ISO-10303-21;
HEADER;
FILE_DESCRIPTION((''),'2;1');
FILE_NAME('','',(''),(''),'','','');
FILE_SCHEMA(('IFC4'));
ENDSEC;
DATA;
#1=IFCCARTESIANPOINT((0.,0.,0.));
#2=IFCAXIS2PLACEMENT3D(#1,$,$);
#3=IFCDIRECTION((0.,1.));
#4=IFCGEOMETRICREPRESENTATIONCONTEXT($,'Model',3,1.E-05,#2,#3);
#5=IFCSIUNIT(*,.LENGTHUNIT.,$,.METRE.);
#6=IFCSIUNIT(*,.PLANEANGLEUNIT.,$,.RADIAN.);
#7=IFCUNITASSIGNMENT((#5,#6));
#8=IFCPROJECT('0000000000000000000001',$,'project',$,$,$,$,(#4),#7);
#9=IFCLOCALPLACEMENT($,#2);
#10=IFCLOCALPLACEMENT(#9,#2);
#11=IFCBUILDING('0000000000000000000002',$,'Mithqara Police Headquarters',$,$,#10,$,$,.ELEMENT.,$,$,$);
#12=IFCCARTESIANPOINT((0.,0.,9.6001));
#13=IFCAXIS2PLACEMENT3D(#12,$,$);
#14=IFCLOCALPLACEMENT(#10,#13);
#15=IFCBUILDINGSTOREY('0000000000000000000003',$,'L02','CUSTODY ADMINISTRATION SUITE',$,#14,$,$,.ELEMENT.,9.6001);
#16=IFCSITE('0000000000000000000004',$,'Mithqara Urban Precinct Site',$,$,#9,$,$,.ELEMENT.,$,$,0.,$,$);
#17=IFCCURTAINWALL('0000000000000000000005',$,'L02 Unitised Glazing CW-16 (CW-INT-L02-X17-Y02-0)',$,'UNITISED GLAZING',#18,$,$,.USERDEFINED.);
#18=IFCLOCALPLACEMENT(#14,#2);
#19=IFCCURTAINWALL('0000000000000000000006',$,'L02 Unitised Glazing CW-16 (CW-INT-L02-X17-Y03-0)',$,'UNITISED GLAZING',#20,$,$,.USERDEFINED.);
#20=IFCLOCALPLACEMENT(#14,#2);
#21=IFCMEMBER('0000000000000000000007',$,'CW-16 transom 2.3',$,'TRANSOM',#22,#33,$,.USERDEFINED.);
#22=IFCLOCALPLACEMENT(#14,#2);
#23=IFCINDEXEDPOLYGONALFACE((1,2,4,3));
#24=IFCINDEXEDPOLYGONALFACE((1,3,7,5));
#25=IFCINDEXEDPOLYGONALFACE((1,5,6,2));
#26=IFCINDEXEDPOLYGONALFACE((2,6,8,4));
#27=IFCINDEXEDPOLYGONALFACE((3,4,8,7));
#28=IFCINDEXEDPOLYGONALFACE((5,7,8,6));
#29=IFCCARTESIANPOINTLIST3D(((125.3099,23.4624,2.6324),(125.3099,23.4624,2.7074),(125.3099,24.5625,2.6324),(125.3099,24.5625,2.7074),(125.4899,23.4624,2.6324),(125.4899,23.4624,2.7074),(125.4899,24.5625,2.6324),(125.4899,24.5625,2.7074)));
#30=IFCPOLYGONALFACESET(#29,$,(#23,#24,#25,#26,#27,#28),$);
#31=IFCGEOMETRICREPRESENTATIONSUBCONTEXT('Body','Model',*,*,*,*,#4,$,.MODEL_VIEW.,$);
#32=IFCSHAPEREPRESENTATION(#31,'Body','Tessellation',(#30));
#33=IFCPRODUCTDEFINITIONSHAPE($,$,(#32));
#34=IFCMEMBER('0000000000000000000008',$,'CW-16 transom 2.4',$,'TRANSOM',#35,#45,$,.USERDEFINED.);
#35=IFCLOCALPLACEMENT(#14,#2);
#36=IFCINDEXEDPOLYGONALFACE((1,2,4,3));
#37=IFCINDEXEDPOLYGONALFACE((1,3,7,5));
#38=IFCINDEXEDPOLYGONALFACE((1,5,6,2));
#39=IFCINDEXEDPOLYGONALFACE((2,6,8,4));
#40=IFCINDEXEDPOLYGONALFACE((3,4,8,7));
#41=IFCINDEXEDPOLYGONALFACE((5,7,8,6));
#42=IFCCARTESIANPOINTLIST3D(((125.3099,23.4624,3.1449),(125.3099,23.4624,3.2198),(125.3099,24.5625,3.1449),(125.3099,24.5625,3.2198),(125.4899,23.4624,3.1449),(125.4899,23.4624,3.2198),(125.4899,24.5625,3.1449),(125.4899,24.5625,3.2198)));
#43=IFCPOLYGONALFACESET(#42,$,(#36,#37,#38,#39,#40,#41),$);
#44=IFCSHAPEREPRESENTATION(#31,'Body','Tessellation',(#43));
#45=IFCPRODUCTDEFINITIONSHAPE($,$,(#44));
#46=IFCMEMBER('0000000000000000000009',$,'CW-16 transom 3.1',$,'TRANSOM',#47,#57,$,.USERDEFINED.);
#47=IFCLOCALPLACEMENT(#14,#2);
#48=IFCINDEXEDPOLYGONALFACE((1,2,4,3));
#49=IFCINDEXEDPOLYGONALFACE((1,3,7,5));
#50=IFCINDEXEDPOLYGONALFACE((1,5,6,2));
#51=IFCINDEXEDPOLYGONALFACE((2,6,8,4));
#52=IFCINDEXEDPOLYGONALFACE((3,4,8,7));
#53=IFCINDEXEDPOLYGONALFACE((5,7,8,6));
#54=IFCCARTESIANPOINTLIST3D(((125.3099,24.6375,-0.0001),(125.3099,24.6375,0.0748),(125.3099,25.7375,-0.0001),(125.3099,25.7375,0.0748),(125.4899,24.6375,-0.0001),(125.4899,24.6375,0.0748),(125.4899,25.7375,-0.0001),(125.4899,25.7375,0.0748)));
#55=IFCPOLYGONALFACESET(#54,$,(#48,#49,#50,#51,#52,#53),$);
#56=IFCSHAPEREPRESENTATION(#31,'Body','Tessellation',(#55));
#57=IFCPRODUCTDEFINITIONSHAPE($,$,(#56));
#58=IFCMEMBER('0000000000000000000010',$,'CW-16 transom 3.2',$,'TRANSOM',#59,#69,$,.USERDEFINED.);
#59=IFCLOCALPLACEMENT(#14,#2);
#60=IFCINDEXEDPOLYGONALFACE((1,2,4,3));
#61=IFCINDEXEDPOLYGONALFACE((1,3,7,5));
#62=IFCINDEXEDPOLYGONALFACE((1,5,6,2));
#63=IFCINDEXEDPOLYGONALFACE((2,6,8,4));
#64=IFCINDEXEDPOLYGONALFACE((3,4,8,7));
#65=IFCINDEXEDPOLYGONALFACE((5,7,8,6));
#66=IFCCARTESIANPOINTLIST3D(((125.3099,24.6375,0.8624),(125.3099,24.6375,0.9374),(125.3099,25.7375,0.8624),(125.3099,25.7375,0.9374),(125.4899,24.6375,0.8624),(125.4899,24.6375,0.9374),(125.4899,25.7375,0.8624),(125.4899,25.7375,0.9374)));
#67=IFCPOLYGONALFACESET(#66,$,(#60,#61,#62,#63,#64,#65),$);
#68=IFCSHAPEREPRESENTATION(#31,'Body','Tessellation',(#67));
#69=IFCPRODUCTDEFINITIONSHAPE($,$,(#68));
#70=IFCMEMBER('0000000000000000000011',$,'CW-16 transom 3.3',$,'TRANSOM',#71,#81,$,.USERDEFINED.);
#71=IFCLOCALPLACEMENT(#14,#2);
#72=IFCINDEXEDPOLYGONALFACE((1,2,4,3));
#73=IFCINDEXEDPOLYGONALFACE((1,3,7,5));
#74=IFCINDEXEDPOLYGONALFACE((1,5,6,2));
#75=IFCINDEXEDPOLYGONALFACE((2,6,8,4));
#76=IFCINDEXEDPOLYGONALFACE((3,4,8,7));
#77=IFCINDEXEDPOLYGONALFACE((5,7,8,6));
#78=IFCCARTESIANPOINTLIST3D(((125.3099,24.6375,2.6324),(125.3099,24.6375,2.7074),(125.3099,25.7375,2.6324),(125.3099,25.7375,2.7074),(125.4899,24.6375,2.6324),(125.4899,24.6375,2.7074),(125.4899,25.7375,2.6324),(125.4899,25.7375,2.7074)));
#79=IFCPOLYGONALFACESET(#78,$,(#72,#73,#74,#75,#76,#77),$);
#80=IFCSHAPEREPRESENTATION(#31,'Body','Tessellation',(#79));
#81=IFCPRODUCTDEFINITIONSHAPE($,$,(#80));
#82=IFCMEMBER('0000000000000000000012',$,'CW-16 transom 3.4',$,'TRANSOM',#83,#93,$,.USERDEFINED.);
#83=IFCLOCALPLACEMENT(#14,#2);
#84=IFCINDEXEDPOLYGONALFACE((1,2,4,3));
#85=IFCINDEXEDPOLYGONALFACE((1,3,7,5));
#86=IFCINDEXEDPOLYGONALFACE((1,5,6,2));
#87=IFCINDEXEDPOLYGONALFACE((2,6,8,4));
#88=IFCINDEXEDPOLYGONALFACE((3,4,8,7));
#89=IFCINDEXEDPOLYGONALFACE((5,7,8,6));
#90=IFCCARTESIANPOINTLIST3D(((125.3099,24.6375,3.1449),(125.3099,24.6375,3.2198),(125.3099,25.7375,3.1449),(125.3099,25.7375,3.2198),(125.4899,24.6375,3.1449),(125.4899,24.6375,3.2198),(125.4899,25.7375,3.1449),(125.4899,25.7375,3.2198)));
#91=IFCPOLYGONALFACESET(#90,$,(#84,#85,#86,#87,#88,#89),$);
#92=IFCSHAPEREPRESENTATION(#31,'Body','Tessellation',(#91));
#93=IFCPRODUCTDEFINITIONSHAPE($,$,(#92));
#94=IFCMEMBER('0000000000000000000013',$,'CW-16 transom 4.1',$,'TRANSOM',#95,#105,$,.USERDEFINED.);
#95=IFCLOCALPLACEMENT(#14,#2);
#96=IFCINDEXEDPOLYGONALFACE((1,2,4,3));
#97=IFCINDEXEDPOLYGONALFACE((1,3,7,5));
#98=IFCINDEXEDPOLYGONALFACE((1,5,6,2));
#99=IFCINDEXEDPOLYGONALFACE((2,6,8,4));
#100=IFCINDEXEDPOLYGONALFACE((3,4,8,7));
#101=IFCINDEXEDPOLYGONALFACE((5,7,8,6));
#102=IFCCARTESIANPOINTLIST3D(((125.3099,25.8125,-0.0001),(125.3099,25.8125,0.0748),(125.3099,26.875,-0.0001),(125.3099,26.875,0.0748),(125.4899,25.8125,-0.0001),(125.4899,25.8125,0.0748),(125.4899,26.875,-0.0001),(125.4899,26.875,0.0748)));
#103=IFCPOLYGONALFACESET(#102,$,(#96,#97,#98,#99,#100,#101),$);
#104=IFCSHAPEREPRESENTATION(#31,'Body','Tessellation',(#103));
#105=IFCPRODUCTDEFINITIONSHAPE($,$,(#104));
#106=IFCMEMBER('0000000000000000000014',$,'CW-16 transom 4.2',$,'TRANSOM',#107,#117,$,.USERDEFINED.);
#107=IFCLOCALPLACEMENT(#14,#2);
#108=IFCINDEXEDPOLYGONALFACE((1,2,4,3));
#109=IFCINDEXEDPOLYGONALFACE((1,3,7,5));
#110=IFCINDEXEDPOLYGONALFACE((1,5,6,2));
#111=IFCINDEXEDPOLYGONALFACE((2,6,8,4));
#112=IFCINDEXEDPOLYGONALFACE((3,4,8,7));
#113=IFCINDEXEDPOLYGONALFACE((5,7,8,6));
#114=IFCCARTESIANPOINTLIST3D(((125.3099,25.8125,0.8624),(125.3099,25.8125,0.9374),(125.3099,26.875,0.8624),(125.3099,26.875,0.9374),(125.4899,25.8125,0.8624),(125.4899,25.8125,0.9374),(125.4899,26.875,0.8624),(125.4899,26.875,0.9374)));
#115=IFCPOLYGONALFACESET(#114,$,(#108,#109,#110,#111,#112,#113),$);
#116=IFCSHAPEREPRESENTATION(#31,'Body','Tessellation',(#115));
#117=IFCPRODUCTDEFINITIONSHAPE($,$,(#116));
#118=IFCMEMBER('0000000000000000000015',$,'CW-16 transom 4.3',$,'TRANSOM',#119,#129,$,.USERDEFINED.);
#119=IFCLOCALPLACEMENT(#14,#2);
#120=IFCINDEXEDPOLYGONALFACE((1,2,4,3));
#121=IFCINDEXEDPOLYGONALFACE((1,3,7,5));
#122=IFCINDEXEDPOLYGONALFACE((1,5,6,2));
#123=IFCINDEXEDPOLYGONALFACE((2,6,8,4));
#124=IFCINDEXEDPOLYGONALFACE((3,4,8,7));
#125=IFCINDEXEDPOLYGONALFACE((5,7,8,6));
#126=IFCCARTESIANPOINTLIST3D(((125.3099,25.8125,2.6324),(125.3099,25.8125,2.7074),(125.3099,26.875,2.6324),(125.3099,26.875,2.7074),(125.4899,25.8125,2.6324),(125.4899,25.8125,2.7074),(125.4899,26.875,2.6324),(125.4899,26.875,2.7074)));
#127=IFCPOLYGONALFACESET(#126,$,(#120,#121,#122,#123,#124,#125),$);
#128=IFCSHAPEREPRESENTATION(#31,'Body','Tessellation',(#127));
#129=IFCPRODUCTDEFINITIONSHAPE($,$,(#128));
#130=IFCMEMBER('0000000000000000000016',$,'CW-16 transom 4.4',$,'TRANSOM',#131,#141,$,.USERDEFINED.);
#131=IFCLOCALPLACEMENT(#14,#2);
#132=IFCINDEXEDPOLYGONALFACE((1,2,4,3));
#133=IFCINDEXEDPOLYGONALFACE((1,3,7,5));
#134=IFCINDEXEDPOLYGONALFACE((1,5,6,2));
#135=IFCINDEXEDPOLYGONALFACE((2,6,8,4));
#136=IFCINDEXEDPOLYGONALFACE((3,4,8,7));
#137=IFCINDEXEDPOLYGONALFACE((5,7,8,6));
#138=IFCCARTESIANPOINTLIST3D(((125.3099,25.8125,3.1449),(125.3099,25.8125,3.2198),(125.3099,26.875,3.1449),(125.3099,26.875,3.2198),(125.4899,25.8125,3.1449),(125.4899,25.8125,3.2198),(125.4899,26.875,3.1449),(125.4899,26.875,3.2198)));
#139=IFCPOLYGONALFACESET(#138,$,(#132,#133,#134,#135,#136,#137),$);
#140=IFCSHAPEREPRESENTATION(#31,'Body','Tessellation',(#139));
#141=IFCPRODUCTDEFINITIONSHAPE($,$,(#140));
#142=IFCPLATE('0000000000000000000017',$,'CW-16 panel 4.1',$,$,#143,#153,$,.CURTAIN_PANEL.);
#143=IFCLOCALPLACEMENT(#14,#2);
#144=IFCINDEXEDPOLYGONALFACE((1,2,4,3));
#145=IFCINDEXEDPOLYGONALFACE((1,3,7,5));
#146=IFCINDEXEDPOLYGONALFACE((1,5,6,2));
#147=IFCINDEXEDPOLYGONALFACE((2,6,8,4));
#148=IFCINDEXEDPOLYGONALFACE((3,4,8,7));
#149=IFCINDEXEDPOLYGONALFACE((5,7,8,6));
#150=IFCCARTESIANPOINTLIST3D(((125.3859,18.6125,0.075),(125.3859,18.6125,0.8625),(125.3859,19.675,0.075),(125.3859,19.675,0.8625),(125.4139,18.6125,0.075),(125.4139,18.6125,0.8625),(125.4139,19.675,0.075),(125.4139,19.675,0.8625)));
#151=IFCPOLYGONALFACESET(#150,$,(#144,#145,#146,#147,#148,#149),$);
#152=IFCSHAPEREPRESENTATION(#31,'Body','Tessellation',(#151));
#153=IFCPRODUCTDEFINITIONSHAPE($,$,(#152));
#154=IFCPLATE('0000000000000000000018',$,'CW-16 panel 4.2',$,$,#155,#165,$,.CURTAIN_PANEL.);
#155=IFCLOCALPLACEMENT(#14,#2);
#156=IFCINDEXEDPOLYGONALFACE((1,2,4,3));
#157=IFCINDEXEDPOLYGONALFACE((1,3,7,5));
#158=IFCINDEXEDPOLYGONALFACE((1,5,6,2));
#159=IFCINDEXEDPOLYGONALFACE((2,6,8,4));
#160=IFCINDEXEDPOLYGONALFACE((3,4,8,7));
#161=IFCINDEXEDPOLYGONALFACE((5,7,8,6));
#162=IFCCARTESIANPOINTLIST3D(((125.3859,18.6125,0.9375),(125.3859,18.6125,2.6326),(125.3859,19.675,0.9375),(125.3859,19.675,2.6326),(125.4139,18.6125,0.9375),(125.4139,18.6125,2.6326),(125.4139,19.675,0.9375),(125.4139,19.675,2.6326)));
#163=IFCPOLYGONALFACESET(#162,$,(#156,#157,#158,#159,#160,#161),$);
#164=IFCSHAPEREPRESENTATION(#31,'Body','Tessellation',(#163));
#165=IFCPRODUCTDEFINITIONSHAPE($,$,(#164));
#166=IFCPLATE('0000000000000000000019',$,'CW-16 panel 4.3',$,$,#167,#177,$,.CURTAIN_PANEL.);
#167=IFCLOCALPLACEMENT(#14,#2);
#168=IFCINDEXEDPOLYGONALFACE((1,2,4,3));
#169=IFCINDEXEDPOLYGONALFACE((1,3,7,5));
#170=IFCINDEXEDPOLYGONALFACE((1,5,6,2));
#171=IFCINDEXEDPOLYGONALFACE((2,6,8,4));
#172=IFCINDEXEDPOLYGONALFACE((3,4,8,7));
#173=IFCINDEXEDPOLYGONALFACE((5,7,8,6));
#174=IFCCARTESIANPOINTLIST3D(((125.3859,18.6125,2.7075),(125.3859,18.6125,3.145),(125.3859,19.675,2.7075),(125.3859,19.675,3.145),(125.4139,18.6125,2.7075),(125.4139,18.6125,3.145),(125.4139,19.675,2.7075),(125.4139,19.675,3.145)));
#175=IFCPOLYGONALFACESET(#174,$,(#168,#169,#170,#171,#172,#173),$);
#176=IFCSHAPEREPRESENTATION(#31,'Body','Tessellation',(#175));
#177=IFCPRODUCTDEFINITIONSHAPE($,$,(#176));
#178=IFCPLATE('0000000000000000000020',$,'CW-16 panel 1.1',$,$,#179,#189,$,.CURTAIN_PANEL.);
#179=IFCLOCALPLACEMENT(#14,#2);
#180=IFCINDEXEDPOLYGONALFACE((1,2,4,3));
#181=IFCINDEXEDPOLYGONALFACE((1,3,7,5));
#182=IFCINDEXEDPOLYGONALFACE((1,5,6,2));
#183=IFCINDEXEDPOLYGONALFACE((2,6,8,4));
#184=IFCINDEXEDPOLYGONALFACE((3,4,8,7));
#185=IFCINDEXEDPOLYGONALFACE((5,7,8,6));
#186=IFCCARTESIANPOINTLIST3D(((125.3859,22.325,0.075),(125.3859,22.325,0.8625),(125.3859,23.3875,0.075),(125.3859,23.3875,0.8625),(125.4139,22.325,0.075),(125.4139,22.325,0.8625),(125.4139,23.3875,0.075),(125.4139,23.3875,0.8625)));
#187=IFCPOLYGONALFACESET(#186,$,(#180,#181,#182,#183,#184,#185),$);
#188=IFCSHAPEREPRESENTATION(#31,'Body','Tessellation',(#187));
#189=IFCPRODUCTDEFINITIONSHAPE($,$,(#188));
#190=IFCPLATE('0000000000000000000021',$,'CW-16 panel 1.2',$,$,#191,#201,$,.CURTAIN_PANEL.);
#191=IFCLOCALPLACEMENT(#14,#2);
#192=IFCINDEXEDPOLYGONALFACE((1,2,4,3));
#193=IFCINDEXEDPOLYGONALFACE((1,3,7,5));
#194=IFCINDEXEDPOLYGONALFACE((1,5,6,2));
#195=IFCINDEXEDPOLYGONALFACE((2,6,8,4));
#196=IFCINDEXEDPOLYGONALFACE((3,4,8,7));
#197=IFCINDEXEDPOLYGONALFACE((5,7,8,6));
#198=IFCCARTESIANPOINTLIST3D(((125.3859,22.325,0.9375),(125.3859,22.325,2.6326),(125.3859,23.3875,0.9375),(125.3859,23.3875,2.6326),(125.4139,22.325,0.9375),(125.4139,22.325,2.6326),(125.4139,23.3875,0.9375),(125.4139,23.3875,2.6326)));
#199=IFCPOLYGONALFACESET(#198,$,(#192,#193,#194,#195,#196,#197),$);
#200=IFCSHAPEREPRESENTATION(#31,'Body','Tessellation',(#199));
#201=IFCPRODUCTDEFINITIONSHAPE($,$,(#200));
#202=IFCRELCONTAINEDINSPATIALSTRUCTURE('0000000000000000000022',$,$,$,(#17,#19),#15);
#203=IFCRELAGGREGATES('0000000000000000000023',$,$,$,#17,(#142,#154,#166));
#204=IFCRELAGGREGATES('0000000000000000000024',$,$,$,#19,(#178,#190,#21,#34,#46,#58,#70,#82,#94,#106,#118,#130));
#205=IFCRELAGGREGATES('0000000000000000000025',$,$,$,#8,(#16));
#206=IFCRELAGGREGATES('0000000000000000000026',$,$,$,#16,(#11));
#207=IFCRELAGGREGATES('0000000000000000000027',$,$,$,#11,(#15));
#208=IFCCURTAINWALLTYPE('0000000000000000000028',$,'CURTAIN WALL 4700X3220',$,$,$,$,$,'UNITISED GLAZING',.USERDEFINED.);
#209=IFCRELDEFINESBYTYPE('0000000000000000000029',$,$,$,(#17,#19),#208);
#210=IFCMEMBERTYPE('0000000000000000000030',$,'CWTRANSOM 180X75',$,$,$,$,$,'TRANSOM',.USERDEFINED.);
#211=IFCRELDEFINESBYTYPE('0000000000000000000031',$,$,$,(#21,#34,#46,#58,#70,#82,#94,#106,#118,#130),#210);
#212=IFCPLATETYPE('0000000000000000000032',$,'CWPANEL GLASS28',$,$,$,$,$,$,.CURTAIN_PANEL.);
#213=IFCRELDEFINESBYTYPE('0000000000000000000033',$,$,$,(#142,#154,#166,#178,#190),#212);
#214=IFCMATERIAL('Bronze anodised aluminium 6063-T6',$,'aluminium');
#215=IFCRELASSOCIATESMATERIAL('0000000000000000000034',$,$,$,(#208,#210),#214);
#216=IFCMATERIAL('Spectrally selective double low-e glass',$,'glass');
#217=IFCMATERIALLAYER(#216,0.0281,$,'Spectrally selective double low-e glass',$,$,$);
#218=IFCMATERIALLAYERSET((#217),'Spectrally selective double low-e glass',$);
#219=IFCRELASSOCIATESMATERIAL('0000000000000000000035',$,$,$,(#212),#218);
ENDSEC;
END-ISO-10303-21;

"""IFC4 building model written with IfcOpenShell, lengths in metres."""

from ifc_helpers import new_model, si_unit, direction, frame, origin, origin_2d, place, context, subcontext, project, spatial, rectangle, extrude, material, layer, layer_set, material_profile, profile_set, type_object, element, aggregate, save


model = new_model("IFC4")

# Units and contexts
model_context = context("Model", 3, precision=1e-05, world=origin(), true_north=direction((0.0, 1.0)))
body_context = subcontext(model_context, "Body", "Model", "MODEL_VIEW")
ifc_project = project(units=[si_unit("LENGTHUNIT", "METRE"), si_unit("PLANEANGLEUNIT", "RADIAN")], contexts=[model_context])

# Site, building, storey
site_placement = place(None, origin())
site = spatial("IfcSite", under=ifc_project, at=site_placement, Name="Mithqara Urban Precinct Site", CompositionType="ELEMENT", RefElevation=0.0)
building_placement = place(site_placement, origin())
building = spatial("IfcBuilding", under=site, at=building_placement, Name="Mithqara Police Headquarters", CompositionType="ELEMENT")
storey_placement = place(building_placement, frame((0.0, 0.0, 9.6001)))
storey = spatial("IfcBuildingStorey", under=building, at=storey_placement, Name="L02", Description="CUSTODY ADMINISTRATION SUITE", CompositionType="ELEMENT", Elevation=9.6001)

# Curtain wall
ifc_material_1 = material(Name="Bronze anodised aluminium 6063-T6", Category="aluminium")
curtain_wall_type = type_object("IfcCurtainWallType", Name="CURTAIN WALL 4700X3220", ElementType="UNITISED GLAZING", PredefinedType="USERDEFINED", material=ifc_material_1)
curtain_wall_1_placement = place(storey_placement, origin())
curtain_wall_1 = element("IfcCurtainWall", 1, at=curtain_wall_1_placement, inside=storey, type_object=curtain_wall_type, Name="L02 Unitised Glazing CW-16 (CW-INT-L02-X17-Y02-0)", ObjectType="UNITISED GLAZING", PredefinedType="USERDEFINED")

# Curtain wall, members
curtain_wall_2_placement = place(storey_placement, origin())
curtain_wall_2 = element("IfcCurtainWall", 2, at=curtain_wall_2_placement, inside=storey, type_object=curtain_wall_type, Name="L02 Unitised Glazing CW-16 (CW-INT-L02-X17-Y03-0)", ObjectType="UNITISED GLAZING", PredefinedType="USERDEFINED")
ifc_material_profile_1 = material_profile(ifc_material_1, rectangle(XDim=0.1799, YDim=0.075, at=origin_2d()), Name="CWT 180x75")
ifc_profile_set_1 = profile_set([ifc_material_profile_1], Name="Bronze anodised aluminium 6063-T6")
member_type_1 = type_object("IfcMemberType", Name="CWTRANSOM 180X75", ElementType="TRANSOM", PredefinedType="USERDEFINED", material=ifc_profile_set_1)
member_1_placement = place(storey_placement, frame((125.3999, 23.4624, 2.6699), z_axis=(0.0, 1.0, 0.0), x_axis=(-1.0, 0.0, 0.0)))
member_1 = element("IfcMember", 3, at=member_1_placement, type_object=member_type_1, Name="CW-16 transom 2.3", ObjectType="TRANSOM", PredefinedType="USERDEFINED", context=body_context, shape_type="SweptSolid", body=[
    extrude(rectangle(XDim=0.1799, YDim=0.075, at=origin_2d()), origin(), (0.0, 0.0, 1.0), 1.1001),
])
member_2_placement = place(storey_placement, frame((125.3999, 23.4624, 3.1824), z_axis=(0.0, 1.0, 0.0), x_axis=(-1.0, 0.0, 0.0)))
member_2 = element("IfcMember", 4, at=member_2_placement, type_object=member_type_1, Name="CW-16 transom 2.4", ObjectType="TRANSOM", PredefinedType="USERDEFINED", context=body_context, shape_type="SweptSolid", body=[
    extrude(rectangle(XDim=0.1799, YDim=0.075, at=origin_2d()), origin(), (0.0, 0.0, 1.0), 1.1001),
])
member_3_placement = place(storey_placement, frame((125.3999, 24.6375, 0.0374), z_axis=(0.0, 1.0, 0.0), x_axis=(-1.0, 0.0, 0.0)))
member_3 = element("IfcMember", 5, at=member_3_placement, type_object=member_type_1, Name="CW-16 transom 3.1", ObjectType="TRANSOM", PredefinedType="USERDEFINED", context=body_context, shape_type="SweptSolid", body=[
    extrude(rectangle(XDim=0.1799, YDim=0.075, at=origin_2d()), origin(), (0.0, 0.0, 1.0), 1.1001),
])
member_4_placement = place(storey_placement, frame((125.3999, 24.6375, 0.8999), z_axis=(0.0, 1.0, 0.0), x_axis=(-1.0, 0.0, 0.0)))
member_4 = element("IfcMember", 6, at=member_4_placement, type_object=member_type_1, Name="CW-16 transom 3.2", ObjectType="TRANSOM", PredefinedType="USERDEFINED", context=body_context, shape_type="SweptSolid", body=[
    extrude(rectangle(XDim=0.1799, YDim=0.075, at=origin_2d()), origin(), (0.0, 0.0, 1.0), 1.1001),
])
member_5_placement = place(storey_placement, frame((125.3999, 24.6375, 2.6699), z_axis=(0.0, 1.0, 0.0), x_axis=(-1.0, 0.0, 0.0)))
member_5 = element("IfcMember", 7, at=member_5_placement, type_object=member_type_1, Name="CW-16 transom 3.3", ObjectType="TRANSOM", PredefinedType="USERDEFINED", context=body_context, shape_type="SweptSolid", body=[
    extrude(rectangle(XDim=0.1799, YDim=0.075, at=origin_2d()), origin(), (0.0, 0.0, 1.0), 1.1001),
])
member_6_placement = place(storey_placement, frame((125.3999, 24.6375, 3.1824), z_axis=(0.0, 1.0, 0.0), x_axis=(-1.0, 0.0, 0.0)))
member_6 = element("IfcMember", 8, at=member_6_placement, type_object=member_type_1, Name="CW-16 transom 3.4", ObjectType="TRANSOM", PredefinedType="USERDEFINED", context=body_context, shape_type="SweptSolid", body=[
    extrude(rectangle(XDim=0.1799, YDim=0.075, at=origin_2d()), origin(), (0.0, 0.0, 1.0), 1.1001),
])
member_7_placement = place(storey_placement, frame((125.3999, 25.8125, 0.0374), z_axis=(0.0, 1.0, 0.0), x_axis=(-1.0, 0.0, 0.0)))
member_7 = element("IfcMember", 9, at=member_7_placement, type_object=member_type_1, Name="CW-16 transom 4.1", ObjectType="TRANSOM", PredefinedType="USERDEFINED", context=body_context, shape_type="SweptSolid", body=[
    extrude(rectangle(XDim=0.1799, YDim=0.075, at=origin_2d()), origin(), (0.0, 0.0, 1.0), 1.0625),
])
member_8_placement = place(storey_placement, frame((125.3999, 25.8125, 0.8999), z_axis=(0.0, 1.0, 0.0), x_axis=(-1.0, 0.0, 0.0)))
member_8 = element("IfcMember", 10, at=member_8_placement, type_object=member_type_1, Name="CW-16 transom 4.2", ObjectType="TRANSOM", PredefinedType="USERDEFINED", context=body_context, shape_type="SweptSolid", body=[
    extrude(rectangle(XDim=0.1799, YDim=0.075, at=origin_2d()), origin(), (0.0, 0.0, 1.0), 1.0625),
])
member_9_placement = place(storey_placement, frame((125.3999, 25.8125, 2.6699), z_axis=(0.0, 1.0, 0.0), x_axis=(-1.0, 0.0, 0.0)))
member_9 = element("IfcMember", 11, at=member_9_placement, type_object=member_type_1, Name="CW-16 transom 4.3", ObjectType="TRANSOM", PredefinedType="USERDEFINED", context=body_context, shape_type="SweptSolid", body=[
    extrude(rectangle(XDim=0.1799, YDim=0.075, at=origin_2d()), origin(), (0.0, 0.0, 1.0), 1.0625),
])
member_10_placement = place(storey_placement, frame((125.3999, 25.8125, 3.1824), z_axis=(0.0, 1.0, 0.0), x_axis=(-1.0, 0.0, 0.0)))
member_10 = element("IfcMember", 12, at=member_10_placement, type_object=member_type_1, Name="CW-16 transom 4.4", ObjectType="TRANSOM", PredefinedType="USERDEFINED", context=body_context, shape_type="SweptSolid", body=[
    extrude(rectangle(XDim=0.1799, YDim=0.075, at=origin_2d()), origin(), (0.0, 0.0, 1.0), 1.0625),
])

# Plates
ifc_material_2 = material(Name="Spectrally selective double low-e glass", Category="glass")
ifc_layer = layer(ifc_material_2, 0.0281, Name="Spectrally selective double low-e glass")
ifc_layer_set = layer_set([ifc_layer], Name="Spectrally selective double low-e glass")
plate_type = type_object("IfcPlateType", Name="CWPANEL GLASS28", PredefinedType="CURTAIN_PANEL", material=ifc_layer_set)
plate_1_placement = place(storey_placement, frame((125.3999, 19.1438, 0.075), z_axis=(0.0, 0.0, 1.0), x_axis=(0.0, 1.0, 0.0)))
plate_1 = element("IfcPlate", 13, at=plate_1_placement, type_object=plate_type, Name="CW-16 panel 4.1", PredefinedType="CURTAIN_PANEL", context=body_context, shape_type="SweptSolid", body=[
    extrude(rectangle(XDim=1.0625, YDim=0.0281, at=origin_2d()), origin(), (0.0, 0.0, 1.0), 0.7876),
])
plate_2_placement = place(storey_placement, frame((125.3999, 19.1438, 0.9375), z_axis=(0.0, 0.0, 1.0), x_axis=(0.0, 1.0, 0.0)))
plate_2 = element("IfcPlate", 14, at=plate_2_placement, type_object=plate_type, Name="CW-16 panel 4.2", PredefinedType="CURTAIN_PANEL", context=body_context, shape_type="SweptSolid", body=[
    extrude(rectangle(XDim=1.0625, YDim=0.0281, at=origin_2d()), origin(), (0.0, 0.0, 1.0), 1.6951),
])
plate_3_placement = place(storey_placement, frame((125.3999, 19.1438, 2.7075), z_axis=(0.0, 0.0, 1.0), x_axis=(0.0, 1.0, 0.0)))
plate_3 = element("IfcPlate", 15, at=plate_3_placement, type_object=plate_type, Name="CW-16 panel 4.3", PredefinedType="CURTAIN_PANEL", context=body_context, shape_type="SweptSolid", body=[
    extrude(rectangle(XDim=1.0625, YDim=0.0281, at=origin_2d()), origin(), (0.0, 0.0, 1.0), 0.4375),
])
aggregate(curtain_wall_1, [plate_1, plate_2, plate_3])
plate_4_placement = place(storey_placement, frame((125.3999, 22.8562, 0.075), z_axis=(0.0, 0.0, 1.0), x_axis=(0.0, 1.0, 0.0)))
plate_4 = element("IfcPlate", 16, at=plate_4_placement, type_object=plate_type, Name="CW-16 panel 1.1", PredefinedType="CURTAIN_PANEL", context=body_context, shape_type="SweptSolid", body=[
    extrude(rectangle(XDim=1.0625, YDim=0.0281, at=origin_2d()), origin(), (0.0, 0.0, 1.0), 0.7876),
])
plate_5_placement = place(storey_placement, frame((125.3999, 22.8562, 0.9375), z_axis=(0.0, 0.0, 1.0), x_axis=(0.0, 1.0, 0.0)))
plate_5 = element("IfcPlate", 17, at=plate_5_placement, type_object=plate_type, Name="CW-16 panel 1.2", PredefinedType="CURTAIN_PANEL", context=body_context, shape_type="SweptSolid", body=[
    extrude(rectangle(XDim=1.0625, YDim=0.0281, at=origin_2d()), origin(), (0.0, 0.0, 1.0), 1.6951),
])
aggregate(curtain_wall_2, [plate_4, plate_5, member_1, member_2, member_3, member_4, member_5, member_6, member_7, member_8, member_9, member_10])

save(model, "model.ifc")
